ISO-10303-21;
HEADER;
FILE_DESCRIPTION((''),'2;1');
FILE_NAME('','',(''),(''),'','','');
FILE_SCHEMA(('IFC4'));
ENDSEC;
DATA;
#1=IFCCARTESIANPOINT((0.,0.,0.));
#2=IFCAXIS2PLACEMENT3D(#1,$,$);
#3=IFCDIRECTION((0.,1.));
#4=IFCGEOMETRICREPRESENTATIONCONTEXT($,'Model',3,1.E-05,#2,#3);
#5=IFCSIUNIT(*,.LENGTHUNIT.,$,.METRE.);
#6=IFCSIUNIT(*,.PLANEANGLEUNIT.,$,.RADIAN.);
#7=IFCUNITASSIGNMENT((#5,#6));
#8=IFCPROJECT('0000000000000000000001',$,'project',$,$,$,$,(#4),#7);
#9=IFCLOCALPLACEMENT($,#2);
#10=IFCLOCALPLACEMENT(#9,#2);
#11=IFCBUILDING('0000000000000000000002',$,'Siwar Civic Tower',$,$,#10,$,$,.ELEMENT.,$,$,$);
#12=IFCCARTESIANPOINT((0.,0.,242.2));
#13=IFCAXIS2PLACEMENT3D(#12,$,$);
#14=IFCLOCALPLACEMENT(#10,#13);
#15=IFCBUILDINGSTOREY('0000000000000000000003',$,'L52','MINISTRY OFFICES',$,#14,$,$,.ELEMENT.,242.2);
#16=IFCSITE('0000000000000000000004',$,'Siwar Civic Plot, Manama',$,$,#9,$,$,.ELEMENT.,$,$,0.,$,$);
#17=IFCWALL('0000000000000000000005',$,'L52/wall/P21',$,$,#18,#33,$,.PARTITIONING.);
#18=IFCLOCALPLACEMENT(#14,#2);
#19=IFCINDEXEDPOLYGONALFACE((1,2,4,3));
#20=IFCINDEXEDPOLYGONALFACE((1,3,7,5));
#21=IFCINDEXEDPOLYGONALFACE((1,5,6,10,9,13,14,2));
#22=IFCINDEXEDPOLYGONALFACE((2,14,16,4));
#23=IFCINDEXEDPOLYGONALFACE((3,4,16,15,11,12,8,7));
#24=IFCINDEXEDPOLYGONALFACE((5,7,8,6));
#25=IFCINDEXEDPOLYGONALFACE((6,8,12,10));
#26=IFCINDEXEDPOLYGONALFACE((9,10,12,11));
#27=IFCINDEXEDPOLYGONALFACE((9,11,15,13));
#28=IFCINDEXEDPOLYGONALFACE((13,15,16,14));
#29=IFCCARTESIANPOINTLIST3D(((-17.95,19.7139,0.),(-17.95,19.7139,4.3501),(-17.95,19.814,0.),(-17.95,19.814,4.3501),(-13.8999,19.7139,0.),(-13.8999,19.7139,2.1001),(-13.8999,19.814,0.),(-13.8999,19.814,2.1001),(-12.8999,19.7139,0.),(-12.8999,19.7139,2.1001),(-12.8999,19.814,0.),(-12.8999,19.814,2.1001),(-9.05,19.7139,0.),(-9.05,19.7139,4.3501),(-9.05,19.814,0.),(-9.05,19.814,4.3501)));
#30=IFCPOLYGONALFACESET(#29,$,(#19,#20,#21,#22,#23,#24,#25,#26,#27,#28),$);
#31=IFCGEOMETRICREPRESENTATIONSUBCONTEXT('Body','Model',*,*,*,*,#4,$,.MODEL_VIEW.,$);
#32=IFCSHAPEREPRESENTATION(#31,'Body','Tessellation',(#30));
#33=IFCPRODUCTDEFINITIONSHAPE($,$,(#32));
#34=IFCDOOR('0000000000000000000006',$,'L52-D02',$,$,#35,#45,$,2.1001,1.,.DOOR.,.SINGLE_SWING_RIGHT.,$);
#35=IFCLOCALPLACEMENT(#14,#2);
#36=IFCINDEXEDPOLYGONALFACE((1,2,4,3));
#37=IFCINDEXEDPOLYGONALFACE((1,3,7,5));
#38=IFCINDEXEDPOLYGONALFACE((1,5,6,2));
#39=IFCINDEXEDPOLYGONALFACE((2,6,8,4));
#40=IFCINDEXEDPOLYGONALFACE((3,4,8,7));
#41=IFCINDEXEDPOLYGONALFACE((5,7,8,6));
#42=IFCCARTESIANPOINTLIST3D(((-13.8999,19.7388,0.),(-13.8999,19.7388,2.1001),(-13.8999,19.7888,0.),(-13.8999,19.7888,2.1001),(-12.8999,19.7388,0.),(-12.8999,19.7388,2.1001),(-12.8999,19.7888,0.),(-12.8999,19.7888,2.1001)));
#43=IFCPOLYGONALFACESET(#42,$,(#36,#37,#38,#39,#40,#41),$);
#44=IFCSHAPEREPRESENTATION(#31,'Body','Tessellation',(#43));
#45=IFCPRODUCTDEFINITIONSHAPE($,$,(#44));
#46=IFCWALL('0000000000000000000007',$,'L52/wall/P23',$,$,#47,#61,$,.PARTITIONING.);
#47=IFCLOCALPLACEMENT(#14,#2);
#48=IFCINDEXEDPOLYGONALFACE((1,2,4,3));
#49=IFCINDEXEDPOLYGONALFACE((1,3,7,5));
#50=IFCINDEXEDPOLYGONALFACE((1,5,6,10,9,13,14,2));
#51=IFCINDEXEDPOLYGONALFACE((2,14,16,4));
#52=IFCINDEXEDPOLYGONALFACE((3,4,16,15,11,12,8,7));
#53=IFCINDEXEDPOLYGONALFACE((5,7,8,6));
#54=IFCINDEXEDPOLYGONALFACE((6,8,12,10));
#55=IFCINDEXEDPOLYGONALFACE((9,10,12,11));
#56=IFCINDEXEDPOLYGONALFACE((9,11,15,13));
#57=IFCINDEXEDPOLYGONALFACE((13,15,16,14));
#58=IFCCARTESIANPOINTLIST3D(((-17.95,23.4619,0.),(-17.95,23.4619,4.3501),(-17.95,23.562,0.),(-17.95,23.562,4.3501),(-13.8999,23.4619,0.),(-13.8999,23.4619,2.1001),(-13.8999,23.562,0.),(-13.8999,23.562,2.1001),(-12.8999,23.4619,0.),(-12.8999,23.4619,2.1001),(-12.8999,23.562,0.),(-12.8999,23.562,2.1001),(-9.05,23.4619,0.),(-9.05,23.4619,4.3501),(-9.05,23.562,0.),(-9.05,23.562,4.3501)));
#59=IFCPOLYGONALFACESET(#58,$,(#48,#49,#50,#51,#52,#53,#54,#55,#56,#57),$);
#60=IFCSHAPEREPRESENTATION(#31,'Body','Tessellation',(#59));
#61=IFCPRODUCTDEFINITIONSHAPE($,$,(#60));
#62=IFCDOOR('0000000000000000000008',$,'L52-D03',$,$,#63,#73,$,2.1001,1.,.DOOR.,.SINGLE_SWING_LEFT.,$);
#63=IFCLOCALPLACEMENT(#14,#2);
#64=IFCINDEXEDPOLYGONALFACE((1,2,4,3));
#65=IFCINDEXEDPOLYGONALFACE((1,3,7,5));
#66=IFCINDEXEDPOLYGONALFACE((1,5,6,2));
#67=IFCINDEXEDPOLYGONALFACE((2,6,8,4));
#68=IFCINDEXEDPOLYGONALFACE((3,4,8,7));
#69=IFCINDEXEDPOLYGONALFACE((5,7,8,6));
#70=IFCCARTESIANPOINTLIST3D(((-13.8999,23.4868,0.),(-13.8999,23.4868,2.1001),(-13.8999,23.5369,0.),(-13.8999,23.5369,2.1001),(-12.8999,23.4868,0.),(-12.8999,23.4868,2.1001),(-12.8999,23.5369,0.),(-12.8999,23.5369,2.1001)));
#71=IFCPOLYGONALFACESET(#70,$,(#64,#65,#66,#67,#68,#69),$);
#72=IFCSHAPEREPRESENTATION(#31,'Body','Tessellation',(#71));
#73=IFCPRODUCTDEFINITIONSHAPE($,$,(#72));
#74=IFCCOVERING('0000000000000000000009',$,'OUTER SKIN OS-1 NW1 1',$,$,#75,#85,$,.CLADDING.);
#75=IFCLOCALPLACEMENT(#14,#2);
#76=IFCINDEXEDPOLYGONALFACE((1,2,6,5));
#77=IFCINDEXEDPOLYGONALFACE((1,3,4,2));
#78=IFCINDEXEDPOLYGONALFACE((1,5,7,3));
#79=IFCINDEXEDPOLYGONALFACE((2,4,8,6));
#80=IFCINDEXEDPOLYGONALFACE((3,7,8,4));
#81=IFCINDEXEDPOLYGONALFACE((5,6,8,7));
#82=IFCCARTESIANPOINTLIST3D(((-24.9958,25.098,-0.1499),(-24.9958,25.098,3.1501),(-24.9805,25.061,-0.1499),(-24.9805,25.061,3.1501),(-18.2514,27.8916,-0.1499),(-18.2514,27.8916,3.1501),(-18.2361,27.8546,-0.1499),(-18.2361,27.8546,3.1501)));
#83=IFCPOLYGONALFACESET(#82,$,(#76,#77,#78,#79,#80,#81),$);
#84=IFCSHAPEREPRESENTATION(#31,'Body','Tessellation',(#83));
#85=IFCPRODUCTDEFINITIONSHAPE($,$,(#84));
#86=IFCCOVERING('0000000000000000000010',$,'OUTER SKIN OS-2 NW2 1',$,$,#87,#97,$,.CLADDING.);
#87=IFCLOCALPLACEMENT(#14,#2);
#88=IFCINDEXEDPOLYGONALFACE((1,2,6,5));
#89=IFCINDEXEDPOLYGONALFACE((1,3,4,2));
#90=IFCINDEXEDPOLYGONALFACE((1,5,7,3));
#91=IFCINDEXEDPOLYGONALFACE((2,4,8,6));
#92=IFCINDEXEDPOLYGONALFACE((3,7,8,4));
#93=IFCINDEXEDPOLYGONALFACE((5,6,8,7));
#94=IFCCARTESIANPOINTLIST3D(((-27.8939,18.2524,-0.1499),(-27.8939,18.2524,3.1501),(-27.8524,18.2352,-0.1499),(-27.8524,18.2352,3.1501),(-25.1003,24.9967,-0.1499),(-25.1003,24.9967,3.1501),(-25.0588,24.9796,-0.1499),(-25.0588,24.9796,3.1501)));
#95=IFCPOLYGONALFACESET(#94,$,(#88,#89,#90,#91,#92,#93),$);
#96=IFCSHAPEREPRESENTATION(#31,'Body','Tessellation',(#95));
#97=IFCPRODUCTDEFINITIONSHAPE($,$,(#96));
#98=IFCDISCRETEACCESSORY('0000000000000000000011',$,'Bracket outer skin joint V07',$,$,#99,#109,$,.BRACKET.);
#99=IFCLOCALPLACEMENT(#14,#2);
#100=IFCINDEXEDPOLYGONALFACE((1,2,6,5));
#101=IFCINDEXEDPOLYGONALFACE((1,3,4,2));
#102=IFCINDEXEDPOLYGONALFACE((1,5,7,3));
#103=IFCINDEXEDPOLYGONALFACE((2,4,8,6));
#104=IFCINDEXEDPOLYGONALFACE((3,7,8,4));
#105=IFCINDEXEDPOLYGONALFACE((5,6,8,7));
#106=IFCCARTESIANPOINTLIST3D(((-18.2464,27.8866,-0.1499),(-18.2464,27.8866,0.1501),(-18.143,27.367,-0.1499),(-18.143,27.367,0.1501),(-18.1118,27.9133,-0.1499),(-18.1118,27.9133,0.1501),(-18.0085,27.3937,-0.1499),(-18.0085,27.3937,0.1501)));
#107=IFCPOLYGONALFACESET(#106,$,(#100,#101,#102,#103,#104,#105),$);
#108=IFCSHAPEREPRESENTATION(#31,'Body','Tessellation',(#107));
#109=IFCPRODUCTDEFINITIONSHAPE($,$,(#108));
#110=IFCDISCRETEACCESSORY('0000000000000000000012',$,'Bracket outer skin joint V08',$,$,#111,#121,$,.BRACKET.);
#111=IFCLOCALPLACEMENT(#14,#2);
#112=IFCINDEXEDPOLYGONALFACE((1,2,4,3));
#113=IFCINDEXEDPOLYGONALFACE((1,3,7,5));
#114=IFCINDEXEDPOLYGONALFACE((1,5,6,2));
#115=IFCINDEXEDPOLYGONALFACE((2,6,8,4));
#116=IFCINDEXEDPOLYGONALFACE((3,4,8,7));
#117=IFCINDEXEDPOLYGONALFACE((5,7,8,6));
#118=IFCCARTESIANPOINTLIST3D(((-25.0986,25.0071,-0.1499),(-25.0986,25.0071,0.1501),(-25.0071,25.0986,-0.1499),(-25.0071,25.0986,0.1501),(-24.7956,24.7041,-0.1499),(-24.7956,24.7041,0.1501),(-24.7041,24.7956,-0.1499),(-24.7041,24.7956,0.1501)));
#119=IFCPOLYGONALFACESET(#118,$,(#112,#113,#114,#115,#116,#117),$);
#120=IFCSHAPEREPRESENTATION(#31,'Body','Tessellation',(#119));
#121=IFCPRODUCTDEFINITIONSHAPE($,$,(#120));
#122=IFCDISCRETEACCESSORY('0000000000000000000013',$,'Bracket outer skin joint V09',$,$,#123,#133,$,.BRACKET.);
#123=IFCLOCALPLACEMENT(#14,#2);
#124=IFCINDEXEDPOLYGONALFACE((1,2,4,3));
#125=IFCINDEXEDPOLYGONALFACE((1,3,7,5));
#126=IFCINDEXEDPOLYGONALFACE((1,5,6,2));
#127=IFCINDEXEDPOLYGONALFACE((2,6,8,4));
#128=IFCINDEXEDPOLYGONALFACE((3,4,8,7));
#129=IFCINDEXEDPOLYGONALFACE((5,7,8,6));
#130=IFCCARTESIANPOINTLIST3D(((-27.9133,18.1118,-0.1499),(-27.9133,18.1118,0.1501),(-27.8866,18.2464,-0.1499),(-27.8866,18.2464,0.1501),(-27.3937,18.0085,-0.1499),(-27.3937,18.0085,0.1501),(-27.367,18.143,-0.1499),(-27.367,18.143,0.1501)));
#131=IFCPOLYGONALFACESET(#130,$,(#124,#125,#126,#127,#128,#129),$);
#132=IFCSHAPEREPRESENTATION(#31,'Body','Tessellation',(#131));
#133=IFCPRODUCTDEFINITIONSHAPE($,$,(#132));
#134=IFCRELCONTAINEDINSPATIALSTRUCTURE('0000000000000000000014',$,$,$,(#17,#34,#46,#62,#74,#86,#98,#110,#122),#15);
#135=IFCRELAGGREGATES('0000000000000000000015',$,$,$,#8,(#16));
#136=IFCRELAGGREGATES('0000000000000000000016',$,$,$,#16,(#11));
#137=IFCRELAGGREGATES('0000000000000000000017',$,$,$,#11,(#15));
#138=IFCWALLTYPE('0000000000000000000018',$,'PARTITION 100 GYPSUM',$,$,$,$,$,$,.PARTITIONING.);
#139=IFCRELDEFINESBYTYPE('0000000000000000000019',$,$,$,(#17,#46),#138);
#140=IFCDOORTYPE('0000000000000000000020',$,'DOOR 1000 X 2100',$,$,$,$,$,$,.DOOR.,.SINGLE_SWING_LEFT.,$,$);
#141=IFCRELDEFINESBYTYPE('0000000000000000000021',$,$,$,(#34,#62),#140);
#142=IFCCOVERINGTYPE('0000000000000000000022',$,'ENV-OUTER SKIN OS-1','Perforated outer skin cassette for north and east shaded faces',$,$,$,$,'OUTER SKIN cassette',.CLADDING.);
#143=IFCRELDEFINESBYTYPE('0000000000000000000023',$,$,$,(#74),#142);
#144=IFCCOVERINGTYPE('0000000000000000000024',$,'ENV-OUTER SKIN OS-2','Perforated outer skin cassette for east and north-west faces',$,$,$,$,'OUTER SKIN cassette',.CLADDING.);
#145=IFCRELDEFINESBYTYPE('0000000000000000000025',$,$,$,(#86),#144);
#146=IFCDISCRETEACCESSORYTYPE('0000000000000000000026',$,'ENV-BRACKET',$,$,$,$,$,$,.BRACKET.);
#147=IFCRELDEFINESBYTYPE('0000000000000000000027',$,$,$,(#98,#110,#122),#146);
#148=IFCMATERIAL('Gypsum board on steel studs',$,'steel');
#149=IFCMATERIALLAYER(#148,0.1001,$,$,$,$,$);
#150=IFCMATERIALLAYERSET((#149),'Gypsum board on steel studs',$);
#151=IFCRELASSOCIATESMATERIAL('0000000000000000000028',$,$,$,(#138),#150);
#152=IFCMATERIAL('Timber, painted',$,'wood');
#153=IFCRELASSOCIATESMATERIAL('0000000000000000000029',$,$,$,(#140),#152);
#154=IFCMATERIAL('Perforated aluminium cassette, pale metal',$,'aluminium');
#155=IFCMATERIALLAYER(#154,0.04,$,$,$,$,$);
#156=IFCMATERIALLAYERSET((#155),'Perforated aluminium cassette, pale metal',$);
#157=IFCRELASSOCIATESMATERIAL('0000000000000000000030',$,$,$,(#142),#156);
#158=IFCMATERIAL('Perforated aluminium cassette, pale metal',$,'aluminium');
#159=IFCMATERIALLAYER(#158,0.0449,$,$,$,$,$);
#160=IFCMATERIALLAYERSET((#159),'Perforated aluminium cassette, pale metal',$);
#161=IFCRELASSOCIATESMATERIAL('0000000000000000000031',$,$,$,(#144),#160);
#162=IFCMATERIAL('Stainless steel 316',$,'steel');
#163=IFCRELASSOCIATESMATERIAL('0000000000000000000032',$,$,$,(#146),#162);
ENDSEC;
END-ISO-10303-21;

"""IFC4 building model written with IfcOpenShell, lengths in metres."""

from ifc_helpers import new_model, si_unit, direction, frame, frame_2d, origin, origin_2d, place, context, subcontext, project, spatial, rectangle, extrude, material, layer, layer_set, type_object, element, fill, save


model = new_model("IFC4")

# Units and contexts
model_context = context("Model", 3, precision=1e-05, world=origin(), true_north=direction((0.0, 1.0)))
body_context = subcontext(model_context, "Body", "Model", "MODEL_VIEW")
ifc_project = project(units=[si_unit("LENGTHUNIT", "METRE"), si_unit("PLANEANGLEUNIT", "RADIAN")], contexts=[model_context])

# Site, building, storey
site_placement = place(None, origin())
site = spatial("IfcSite", under=ifc_project, at=site_placement, Name="Siwar Civic Plot, Manama", CompositionType="ELEMENT", RefElevation=0.0)
building_placement = place(site_placement, origin())
building = spatial("IfcBuilding", under=site, at=building_placement, Name="Siwar Civic Tower", CompositionType="ELEMENT")
storey_placement = place(building_placement, frame((0.0, 0.0, 242.2)))
storey = spatial("IfcBuildingStorey", under=building, at=storey_placement, Name="L52", Description="MINISTRY OFFICES", CompositionType="ELEMENT", Elevation=242.2)

# Walls, openings, doors
ifc_material_1 = material(Name="Gypsum board on steel studs", Category="steel")
ifc_layer_1 = layer(ifc_material_1, 0.1001)
ifc_layer_set_1 = layer_set([ifc_layer_1], Name="Gypsum board on steel studs")
wall_type = type_object("IfcWallType", Name="PARTITION 100 GYPSUM", PredefinedType="PARTITIONING", material=ifc_layer_set_1)
wall_1_placement = place(storey_placement, frame((-17.95, 19.7639, 0.0), z_axis=(0.0, 0.0, 1.0), x_axis=(1.0, 0.0, 0.0)))
wall_1 = element("IfcWall", 1, at=wall_1_placement, inside=storey, type_object=wall_type, Name="L52/wall/P21", PredefinedType="PARTITIONING", context=body_context, shape_type="SweptSolid", body=[
    extrude(rectangle(XDim=8.8999, YDim=0.1001, at=frame_2d((4.45, 0.0))), origin(), (0.0, 0.0, 1.0), 4.3501),
])
opening_1_placement = place(wall_1_placement, frame((4.05, 0.0, 0.0)))
opening_1 = element("IfcOpeningElement", 2, at=opening_1_placement, cuts=wall_1, PredefinedType="OPENING", context=body_context, shape_type="SweptSolid", body=[
    extrude(rectangle(XDim=1.0, YDim=2.1001, at=frame_2d((0.5, 1.05))), frame((0.0, 0.0601, 0.0), z_axis=(0.0, -1.0, 0.0), x_axis=(1.0, 0.0, 0.0)), (0.0, 0.0, 1.0), 0.1201),
])
ifc_material_2 = material(Name="Timber, painted", Category="wood")
door_type = type_object("IfcDoorType", Name="DOOR 1000 X 2100", OperationType="SINGLE_SWING_LEFT", PredefinedType="DOOR", material=ifc_material_2)
door_1_placement = place(opening_1_placement, origin())
door_1 = element("IfcDoor", 3, at=door_1_placement, inside=storey, type_object=door_type, Name="L52-D02", OperationType="SINGLE_SWING_RIGHT", OverallHeight=2.1001, OverallWidth=1.0, PredefinedType="DOOR", context=body_context, shape_type="SweptSolid", body=[
    extrude(rectangle(XDim=1.0, YDim=2.1001, at=frame_2d((0.5, 1.05))), frame((0.0, 0.0249, 0.0), z_axis=(0.0, -1.0, 0.0), x_axis=(1.0, 0.0, 0.0)), (0.0, 0.0, 1.0), 0.05),
])
fill(opening_1, door_1)
wall_2_placement = place(storey_placement, frame((-17.95, 23.512, 0.0), z_axis=(0.0, 0.0, 1.0), x_axis=(1.0, 0.0, 0.0)))
wall_2 = element("IfcWall", 4, at=wall_2_placement, inside=storey, type_object=wall_type, Name="L52/wall/P23", PredefinedType="PARTITIONING", context=body_context, shape_type="SweptSolid", body=[
    extrude(rectangle(XDim=8.8999, YDim=0.1001, at=frame_2d((4.45, 0.0))), origin(), (0.0, 0.0, 1.0), 4.3501),
])
opening_2_placement = place(wall_2_placement, frame((4.05, 0.0, 0.0)))
opening_2 = element("IfcOpeningElement", 5, at=opening_2_placement, cuts=wall_2, PredefinedType="OPENING", context=body_context, shape_type="SweptSolid", body=[
    extrude(rectangle(XDim=1.0, YDim=2.1001, at=frame_2d((0.5, 1.05))), frame((0.0, 0.0601, 0.0), z_axis=(0.0, -1.0, 0.0), x_axis=(1.0, 0.0, 0.0)), (0.0, 0.0, 1.0), 0.1201),
])
door_2_placement = place(opening_2_placement, origin())
door_2 = element("IfcDoor", 6, at=door_2_placement, inside=storey, type_object=door_type, Name="L52-D03", OperationType="SINGLE_SWING_LEFT", OverallHeight=2.1001, OverallWidth=1.0, PredefinedType="DOOR", context=body_context, shape_type="SweptSolid", body=[
    extrude(rectangle(XDim=1.0, YDim=2.1001, at=frame_2d((0.5, 1.05))), frame((0.0, 0.0249, 0.0), z_axis=(0.0, -1.0, 0.0), x_axis=(1.0, 0.0, 0.0)), (0.0, 0.0, 1.0), 0.05),
])
fill(opening_2, door_2)

# Coverings
ifc_material_3 = material(Name="Perforated aluminium cassette, pale metal", Category="aluminium")
ifc_layer_2 = layer(ifc_material_3, 0.04)
ifc_layer_set_2 = layer_set([ifc_layer_2], Name="Perforated aluminium cassette, pale metal")
covering_type_1 = type_object("IfcCoveringType", Name="ENV-OUTER SKIN OS-1", Description="Perforated outer skin cassette for north and east shaded faces", ElementType="OUTER SKIN cassette", PredefinedType="CLADDING", material=ifc_layer_set_2)
covering_1_placement = place(storey_placement, frame((-21.616, 26.4763, -0.1499), z_axis=(0.0, 0.0, 1.0), x_axis=(-0.92388, -0.382683, 0.0)))
element("IfcCovering", 7, at=covering_1_placement, inside=storey, type_object=covering_type_1, Name="OUTER SKIN OS-1 NW1 1", PredefinedType="CLADDING", context=body_context, shape_type="SweptSolid", body=[
    extrude(rectangle(XDim=7.3, YDim=0.04, at=origin_2d()), origin(), (0.0, 0.0, 1.0), 3.3),
])
ifc_material_4 = material(Name="Perforated aluminium cassette, pale metal", Category="aluminium")
ifc_layer_3 = layer(ifc_material_4, 0.0449)
ifc_layer_set_3 = layer_set([ifc_layer_3], Name="Perforated aluminium cassette, pale metal")
covering_type_2 = type_object("IfcCoveringType", Name="ENV-OUTER SKIN OS-2", Description="Perforated outer skin cassette for east and north-west faces", ElementType="OUTER SKIN cassette", PredefinedType="CLADDING", material=ifc_layer_set_3)
covering_2_placement = place(storey_placement, frame((-26.4763, 21.616, -0.1499), z_axis=(0.0, 0.0, 1.0), x_axis=(-0.382683, -0.92388, 0.0)))
element("IfcCovering", 8, at=covering_2_placement, inside=storey, type_object=covering_type_2, Name="OUTER SKIN OS-2 NW2 1", PredefinedType="CLADDING", context=body_context, shape_type="SweptSolid", body=[
    extrude(rectangle(XDim=7.3, YDim=0.0449, at=origin_2d()), origin(), (0.0, 0.0, 1.0), 3.3),
])

# Discrete accessories
ifc_material_5 = material(Name="Stainless steel 316", Category="steel")
discrete_accessory_type = type_object("IfcDiscreteAccessoryType", Name="ENV-BRACKET", PredefinedType="BRACKET", material=ifc_material_5)
discrete_accessory_1_placement = place(storey_placement, frame((-18.1274, 27.6401, -0.1499), z_axis=(0.0, 0.0, 1.0), x_axis=(-0.19509, 0.980785, 0.0)))
element("IfcDiscreteAccessory", 9, at=discrete_accessory_1_placement, inside=storey, type_object=discrete_accessory_type, Name="Bracket outer skin joint V07", PredefinedType="BRACKET", context=body_context, shape_type="SweptSolid", body=[
    extrude(rectangle(XDim=0.5298, YDim=0.1372, at=origin_2d()), origin(), (0.0, 0.0, 1.0), 0.3),
])
discrete_accessory_2_placement = place(storey_placement, frame((-24.9014, 24.9014, -0.1499), z_axis=(0.0, 0.0, 1.0), x_axis=(-0.707107, 0.707107, 0.0)))
element("IfcDiscreteAccessory", 10, at=discrete_accessory_2_placement, inside=storey, type_object=discrete_accessory_type, Name="Bracket outer skin joint V08", PredefinedType="BRACKET", context=body_context, shape_type="SweptSolid", body=[
    extrude(rectangle(XDim=0.4285, YDim=0.1294, at=origin_2d()), origin(), (0.0, 0.0, 1.0), 0.3),
])
discrete_accessory_3_placement = place(storey_placement, frame((-27.6401, 18.1274, -0.1499), z_axis=(0.0, 0.0, 1.0), x_axis=(-0.980785, 0.19509, 0.0)))
element("IfcDiscreteAccessory", 11, at=discrete_accessory_3_placement, inside=storey, type_object=discrete_accessory_type, Name="Bracket outer skin joint V09", PredefinedType="BRACKET", context=body_context, shape_type="SweptSolid", body=[
    extrude(rectangle(XDim=0.5298, YDim=0.1372, at=origin_2d()), origin(), (0.0, 0.0, 1.0), 0.3),
])

save(model, "model.ifc")
